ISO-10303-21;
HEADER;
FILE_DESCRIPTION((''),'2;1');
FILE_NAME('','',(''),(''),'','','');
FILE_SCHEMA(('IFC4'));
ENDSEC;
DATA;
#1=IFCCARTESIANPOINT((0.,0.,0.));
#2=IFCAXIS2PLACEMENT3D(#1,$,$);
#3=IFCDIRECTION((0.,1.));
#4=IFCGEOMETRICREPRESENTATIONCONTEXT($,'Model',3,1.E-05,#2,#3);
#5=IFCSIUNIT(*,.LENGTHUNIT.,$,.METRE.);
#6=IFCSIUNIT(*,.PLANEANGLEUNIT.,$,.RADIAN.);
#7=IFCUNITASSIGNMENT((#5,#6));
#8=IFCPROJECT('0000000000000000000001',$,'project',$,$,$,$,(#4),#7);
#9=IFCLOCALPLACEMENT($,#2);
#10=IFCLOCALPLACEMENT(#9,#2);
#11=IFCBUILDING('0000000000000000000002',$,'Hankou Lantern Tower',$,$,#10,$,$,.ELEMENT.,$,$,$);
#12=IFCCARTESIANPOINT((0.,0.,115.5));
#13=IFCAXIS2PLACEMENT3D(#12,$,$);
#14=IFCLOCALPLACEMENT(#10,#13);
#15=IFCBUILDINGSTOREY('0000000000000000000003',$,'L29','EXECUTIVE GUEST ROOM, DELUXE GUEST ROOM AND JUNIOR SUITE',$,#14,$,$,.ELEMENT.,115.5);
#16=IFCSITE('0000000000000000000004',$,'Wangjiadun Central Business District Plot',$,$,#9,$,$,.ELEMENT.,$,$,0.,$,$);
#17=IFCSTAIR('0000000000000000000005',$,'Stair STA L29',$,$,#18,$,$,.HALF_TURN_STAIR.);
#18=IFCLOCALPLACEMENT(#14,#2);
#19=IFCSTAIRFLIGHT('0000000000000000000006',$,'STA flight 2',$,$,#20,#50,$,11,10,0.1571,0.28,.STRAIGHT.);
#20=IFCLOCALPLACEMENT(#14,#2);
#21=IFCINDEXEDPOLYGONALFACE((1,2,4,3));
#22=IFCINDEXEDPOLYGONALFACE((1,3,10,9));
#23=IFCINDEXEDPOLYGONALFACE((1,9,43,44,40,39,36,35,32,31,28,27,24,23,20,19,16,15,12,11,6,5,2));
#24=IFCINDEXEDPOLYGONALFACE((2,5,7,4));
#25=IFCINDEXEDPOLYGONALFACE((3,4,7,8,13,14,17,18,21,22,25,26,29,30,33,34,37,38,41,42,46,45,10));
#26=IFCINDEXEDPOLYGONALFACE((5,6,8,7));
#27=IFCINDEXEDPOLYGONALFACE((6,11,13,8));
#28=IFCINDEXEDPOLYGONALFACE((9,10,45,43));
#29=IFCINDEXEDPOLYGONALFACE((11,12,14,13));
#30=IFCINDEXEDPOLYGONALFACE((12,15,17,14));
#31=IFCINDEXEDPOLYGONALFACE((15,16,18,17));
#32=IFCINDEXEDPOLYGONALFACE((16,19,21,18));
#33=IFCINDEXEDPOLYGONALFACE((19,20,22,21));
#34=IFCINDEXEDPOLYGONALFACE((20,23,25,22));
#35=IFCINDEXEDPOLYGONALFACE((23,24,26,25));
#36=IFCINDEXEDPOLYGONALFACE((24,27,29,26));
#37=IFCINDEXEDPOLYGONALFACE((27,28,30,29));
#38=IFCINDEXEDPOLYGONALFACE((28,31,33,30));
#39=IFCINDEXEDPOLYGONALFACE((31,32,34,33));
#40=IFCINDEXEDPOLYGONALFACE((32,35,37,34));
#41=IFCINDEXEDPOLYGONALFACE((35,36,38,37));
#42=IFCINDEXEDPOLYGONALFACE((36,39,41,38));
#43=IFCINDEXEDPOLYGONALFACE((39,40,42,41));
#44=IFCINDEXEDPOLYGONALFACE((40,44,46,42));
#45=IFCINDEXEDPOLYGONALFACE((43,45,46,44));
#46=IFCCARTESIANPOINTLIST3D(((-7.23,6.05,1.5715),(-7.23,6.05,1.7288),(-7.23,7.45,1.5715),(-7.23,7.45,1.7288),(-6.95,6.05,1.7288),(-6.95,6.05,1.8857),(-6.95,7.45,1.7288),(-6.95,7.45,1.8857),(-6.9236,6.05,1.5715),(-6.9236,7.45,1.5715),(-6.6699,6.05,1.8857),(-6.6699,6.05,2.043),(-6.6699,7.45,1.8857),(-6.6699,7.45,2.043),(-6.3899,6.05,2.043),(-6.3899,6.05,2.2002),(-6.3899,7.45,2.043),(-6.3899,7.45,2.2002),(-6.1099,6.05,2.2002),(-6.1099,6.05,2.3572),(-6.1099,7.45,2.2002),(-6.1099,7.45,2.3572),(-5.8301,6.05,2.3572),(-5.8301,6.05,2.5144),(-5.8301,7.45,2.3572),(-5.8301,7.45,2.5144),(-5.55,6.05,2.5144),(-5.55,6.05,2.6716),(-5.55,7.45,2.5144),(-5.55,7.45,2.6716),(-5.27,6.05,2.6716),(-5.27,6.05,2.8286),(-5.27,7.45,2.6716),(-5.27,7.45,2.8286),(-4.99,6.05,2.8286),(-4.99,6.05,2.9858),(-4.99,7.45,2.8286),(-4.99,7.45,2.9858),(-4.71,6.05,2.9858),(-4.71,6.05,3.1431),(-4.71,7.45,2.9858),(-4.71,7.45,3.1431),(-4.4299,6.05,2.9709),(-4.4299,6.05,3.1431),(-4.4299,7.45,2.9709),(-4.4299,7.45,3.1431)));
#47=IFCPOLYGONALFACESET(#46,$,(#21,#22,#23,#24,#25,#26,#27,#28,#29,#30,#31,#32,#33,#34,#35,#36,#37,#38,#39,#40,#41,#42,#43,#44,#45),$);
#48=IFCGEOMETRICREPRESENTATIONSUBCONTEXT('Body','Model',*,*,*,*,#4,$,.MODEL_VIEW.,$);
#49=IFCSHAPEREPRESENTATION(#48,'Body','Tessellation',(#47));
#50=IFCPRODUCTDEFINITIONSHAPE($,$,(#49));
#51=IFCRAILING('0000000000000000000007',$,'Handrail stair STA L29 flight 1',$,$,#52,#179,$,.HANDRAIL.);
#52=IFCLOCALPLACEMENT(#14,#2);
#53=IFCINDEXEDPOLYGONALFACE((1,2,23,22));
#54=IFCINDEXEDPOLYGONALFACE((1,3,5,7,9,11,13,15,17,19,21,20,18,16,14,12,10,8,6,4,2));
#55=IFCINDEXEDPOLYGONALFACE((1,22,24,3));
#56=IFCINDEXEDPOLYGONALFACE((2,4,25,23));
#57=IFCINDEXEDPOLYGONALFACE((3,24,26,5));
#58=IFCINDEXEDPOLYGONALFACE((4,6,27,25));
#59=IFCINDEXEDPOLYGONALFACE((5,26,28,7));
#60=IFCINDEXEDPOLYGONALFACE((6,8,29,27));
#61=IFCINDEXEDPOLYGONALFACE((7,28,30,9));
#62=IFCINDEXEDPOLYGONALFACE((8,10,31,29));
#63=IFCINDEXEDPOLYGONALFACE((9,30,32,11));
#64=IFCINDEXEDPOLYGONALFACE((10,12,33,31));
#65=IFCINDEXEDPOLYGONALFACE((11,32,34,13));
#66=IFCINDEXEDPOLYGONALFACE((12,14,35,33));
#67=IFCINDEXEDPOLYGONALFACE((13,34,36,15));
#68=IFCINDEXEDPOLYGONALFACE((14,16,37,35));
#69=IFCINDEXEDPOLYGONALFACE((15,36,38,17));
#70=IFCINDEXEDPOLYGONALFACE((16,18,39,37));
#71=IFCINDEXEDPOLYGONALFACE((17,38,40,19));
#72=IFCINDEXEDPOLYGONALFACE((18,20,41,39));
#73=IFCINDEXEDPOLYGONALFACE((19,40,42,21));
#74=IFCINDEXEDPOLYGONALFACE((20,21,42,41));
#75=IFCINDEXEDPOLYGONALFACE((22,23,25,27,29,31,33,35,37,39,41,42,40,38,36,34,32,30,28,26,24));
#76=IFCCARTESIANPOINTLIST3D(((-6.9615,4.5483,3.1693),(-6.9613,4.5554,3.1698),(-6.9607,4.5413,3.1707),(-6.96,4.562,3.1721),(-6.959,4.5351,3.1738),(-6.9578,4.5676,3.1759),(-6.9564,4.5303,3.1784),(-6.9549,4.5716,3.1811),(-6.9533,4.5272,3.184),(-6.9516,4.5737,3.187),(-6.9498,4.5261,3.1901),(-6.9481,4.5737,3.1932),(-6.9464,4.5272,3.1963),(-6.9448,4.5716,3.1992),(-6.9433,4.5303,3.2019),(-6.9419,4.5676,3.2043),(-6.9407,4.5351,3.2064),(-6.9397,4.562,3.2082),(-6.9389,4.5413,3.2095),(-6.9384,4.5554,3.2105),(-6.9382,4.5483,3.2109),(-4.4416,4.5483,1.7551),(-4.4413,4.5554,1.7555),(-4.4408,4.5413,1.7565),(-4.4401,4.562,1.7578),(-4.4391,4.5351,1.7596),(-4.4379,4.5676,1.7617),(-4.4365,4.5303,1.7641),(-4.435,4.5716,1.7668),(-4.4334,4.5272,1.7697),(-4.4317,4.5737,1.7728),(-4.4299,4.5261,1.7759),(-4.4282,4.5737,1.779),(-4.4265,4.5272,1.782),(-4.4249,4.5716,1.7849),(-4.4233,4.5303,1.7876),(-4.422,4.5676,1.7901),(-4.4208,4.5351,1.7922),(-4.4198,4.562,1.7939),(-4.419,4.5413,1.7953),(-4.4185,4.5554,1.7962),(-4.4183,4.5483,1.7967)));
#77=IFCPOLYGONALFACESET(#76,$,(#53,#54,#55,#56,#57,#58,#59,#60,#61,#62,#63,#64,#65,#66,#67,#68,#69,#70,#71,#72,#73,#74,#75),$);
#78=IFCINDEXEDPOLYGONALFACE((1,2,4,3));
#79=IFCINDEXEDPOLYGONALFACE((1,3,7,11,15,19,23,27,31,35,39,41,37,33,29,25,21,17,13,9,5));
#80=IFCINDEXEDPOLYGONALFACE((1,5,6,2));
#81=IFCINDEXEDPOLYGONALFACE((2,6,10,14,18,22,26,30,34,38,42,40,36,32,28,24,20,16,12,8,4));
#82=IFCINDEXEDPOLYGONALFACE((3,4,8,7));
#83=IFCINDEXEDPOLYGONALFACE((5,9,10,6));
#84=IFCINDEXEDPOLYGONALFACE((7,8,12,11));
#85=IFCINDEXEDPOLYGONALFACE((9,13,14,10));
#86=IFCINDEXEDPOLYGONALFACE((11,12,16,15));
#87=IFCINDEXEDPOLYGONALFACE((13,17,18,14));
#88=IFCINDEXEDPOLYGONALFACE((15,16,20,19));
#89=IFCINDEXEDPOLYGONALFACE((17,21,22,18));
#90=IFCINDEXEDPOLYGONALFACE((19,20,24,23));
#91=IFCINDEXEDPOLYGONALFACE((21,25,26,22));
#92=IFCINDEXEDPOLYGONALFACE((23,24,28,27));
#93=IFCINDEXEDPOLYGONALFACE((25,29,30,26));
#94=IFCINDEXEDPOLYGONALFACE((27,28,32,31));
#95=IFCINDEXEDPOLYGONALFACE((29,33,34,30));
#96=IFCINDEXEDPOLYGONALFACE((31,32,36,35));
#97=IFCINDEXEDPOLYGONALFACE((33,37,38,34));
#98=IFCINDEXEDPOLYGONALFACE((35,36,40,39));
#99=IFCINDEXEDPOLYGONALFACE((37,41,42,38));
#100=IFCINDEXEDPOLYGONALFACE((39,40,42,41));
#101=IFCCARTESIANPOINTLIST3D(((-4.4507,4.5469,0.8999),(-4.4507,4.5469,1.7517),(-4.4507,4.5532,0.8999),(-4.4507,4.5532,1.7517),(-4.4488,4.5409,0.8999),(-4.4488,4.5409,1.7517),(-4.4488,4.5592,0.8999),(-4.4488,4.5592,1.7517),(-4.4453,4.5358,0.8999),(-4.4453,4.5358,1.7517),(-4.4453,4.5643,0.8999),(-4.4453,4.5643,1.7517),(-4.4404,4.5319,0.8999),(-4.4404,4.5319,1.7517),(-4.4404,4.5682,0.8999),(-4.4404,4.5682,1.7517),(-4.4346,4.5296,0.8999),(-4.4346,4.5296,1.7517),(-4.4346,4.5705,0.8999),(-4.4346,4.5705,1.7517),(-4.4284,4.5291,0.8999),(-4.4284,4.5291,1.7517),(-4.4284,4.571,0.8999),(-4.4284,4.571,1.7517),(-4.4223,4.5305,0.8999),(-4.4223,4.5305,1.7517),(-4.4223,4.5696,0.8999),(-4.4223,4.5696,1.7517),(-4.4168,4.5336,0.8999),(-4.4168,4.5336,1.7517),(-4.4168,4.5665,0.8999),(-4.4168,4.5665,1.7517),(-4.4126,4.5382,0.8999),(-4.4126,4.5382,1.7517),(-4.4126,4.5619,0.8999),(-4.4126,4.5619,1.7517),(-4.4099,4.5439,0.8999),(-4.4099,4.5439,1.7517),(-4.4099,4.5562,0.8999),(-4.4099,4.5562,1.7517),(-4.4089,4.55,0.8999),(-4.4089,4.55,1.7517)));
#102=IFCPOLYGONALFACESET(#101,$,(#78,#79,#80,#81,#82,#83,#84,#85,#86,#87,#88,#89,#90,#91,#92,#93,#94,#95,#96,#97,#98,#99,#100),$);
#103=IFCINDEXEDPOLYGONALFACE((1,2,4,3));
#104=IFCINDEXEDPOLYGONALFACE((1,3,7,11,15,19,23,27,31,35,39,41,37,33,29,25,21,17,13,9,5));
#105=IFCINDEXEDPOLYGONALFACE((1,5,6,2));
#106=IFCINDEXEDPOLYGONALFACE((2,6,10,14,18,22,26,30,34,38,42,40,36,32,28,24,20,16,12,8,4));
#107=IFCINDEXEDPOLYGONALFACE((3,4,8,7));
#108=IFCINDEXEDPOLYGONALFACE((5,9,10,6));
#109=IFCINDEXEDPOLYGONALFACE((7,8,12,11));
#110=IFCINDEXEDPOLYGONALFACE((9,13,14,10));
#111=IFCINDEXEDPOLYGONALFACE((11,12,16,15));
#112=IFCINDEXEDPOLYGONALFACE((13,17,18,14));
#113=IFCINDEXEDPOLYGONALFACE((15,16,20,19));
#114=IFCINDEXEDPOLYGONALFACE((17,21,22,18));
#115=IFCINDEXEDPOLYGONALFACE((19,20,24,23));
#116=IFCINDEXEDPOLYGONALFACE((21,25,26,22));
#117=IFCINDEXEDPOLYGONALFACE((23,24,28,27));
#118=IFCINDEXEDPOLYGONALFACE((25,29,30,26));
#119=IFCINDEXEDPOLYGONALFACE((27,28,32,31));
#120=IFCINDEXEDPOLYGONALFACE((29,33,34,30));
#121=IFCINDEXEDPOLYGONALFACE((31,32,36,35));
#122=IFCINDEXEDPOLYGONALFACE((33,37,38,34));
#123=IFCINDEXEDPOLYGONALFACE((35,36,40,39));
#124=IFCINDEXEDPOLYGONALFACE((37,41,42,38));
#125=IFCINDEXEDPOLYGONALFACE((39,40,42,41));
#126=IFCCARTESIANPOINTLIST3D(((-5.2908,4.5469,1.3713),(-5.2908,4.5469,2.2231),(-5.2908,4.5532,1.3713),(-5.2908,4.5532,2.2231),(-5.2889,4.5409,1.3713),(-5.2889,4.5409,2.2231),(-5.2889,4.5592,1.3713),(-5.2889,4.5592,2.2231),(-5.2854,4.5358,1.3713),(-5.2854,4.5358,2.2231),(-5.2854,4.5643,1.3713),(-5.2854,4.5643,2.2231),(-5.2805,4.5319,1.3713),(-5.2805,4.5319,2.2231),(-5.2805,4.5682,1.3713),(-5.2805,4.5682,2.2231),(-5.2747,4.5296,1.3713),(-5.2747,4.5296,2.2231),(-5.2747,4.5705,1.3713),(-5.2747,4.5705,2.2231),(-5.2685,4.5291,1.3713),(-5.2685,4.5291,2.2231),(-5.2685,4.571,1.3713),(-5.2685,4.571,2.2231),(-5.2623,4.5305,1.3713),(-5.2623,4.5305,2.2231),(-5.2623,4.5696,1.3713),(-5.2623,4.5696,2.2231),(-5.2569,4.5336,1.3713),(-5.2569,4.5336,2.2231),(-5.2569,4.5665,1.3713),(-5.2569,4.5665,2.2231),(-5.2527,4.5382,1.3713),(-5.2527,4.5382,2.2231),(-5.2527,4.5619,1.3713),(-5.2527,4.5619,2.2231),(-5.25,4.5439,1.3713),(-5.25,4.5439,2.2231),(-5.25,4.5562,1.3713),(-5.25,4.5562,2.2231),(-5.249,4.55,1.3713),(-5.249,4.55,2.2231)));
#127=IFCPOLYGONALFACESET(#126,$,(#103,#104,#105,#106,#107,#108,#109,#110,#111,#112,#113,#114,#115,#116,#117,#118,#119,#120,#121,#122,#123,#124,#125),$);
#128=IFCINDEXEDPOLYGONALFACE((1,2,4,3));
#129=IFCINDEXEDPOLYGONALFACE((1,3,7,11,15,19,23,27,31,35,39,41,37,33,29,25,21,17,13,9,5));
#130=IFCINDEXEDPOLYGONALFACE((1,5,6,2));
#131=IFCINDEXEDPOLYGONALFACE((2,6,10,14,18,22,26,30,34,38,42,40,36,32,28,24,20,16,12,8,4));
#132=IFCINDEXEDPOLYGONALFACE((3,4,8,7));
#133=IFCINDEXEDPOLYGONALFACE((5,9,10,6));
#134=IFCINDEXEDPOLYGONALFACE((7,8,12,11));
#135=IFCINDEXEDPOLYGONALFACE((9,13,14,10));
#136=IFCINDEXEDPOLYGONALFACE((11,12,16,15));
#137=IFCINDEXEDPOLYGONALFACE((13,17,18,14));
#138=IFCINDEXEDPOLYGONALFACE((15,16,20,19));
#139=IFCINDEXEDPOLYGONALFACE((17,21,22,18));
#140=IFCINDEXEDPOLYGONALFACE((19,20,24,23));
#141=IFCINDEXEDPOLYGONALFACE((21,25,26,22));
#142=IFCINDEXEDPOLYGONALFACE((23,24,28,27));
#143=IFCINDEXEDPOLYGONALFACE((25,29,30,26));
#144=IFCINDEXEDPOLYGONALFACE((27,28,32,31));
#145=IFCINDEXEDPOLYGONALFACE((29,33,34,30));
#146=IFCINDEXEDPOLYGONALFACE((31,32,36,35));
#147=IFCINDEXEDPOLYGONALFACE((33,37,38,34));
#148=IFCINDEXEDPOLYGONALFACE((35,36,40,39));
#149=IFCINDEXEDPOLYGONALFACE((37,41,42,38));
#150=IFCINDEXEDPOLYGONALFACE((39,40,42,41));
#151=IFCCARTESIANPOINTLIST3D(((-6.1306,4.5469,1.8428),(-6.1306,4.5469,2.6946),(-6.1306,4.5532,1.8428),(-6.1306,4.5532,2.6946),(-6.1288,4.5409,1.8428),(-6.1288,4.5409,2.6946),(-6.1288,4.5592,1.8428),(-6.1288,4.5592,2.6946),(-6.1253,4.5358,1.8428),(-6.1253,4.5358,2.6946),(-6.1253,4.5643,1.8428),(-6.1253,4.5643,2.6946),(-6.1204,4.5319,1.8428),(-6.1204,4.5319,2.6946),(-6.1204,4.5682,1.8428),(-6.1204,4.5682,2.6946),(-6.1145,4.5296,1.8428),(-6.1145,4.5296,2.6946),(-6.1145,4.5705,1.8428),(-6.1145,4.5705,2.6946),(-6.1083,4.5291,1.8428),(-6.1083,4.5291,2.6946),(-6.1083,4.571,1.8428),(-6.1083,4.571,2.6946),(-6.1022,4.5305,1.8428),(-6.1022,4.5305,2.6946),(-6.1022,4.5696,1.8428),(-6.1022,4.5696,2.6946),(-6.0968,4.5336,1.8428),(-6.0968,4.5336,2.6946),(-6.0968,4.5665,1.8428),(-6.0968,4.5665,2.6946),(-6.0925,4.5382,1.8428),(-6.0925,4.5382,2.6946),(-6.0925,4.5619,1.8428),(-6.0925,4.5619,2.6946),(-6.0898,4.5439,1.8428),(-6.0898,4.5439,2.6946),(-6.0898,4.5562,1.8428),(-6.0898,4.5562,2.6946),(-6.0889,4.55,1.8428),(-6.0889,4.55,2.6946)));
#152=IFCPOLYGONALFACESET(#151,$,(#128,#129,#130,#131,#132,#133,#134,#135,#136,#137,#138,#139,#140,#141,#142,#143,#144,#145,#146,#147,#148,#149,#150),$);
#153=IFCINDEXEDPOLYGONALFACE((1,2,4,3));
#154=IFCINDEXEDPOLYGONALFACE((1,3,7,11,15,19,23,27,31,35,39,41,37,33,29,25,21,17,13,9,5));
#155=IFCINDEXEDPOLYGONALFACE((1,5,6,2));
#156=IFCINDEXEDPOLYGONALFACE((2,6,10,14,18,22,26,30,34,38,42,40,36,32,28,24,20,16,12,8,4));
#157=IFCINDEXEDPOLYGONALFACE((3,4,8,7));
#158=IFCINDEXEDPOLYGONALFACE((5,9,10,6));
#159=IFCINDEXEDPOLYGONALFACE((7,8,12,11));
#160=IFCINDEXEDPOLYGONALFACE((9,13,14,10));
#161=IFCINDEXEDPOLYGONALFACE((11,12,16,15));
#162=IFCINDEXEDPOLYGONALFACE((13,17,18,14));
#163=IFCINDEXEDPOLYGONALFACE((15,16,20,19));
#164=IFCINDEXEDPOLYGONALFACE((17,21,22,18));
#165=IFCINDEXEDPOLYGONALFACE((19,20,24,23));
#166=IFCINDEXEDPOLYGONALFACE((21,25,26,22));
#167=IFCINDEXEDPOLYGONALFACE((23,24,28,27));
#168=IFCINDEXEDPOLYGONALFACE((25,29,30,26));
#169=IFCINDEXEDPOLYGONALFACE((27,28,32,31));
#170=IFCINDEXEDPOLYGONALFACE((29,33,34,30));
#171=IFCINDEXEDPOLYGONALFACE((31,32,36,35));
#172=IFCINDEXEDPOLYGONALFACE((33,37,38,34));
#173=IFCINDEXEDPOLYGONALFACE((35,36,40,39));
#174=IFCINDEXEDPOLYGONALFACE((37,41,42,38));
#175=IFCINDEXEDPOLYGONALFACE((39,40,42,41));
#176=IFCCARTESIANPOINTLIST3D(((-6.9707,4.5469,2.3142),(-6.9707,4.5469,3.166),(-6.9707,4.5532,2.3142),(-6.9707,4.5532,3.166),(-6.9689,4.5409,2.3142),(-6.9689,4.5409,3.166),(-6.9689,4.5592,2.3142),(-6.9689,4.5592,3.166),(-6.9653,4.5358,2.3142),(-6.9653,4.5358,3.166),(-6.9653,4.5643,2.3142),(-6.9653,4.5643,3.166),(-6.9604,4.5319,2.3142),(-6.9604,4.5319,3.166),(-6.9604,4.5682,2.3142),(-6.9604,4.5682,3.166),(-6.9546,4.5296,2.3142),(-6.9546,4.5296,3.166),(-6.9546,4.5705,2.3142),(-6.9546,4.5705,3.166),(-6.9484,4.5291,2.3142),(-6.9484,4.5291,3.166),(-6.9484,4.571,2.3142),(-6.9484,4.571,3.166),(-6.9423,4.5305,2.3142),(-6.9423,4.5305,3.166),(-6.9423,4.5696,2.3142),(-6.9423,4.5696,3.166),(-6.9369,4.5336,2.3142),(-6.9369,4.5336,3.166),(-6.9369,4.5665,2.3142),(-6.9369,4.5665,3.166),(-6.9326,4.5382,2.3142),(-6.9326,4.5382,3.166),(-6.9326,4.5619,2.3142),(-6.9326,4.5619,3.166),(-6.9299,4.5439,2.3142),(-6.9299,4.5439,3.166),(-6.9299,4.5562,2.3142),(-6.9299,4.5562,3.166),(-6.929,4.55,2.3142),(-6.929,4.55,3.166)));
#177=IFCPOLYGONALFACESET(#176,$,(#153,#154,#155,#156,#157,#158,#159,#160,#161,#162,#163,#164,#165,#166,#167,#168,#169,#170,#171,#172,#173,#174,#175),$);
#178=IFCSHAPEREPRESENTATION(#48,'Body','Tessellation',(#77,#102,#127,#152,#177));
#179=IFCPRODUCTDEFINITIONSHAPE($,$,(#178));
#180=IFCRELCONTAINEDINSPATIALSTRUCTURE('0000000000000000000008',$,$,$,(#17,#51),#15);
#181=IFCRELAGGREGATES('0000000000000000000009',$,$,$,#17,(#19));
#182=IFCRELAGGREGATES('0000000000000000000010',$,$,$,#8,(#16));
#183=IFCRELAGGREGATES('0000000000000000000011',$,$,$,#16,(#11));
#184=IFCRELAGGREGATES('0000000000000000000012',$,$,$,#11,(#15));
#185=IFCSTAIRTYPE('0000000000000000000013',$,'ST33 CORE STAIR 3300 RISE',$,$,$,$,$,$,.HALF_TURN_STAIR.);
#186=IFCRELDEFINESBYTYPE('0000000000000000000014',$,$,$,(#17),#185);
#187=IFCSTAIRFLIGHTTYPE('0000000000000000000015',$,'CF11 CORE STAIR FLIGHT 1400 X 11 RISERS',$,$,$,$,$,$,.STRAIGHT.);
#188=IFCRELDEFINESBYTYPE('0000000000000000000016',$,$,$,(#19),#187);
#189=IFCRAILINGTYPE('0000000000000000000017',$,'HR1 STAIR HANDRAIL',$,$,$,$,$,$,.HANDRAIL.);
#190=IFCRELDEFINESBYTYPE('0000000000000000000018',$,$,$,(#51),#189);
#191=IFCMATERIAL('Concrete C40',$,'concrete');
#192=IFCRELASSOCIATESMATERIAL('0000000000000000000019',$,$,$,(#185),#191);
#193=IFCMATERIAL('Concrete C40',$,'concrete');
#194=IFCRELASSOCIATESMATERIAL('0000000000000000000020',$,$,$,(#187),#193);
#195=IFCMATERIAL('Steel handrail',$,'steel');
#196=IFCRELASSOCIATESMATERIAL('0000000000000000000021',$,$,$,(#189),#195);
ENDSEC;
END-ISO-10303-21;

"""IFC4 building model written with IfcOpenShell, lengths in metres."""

from ifc_helpers import new_model, si_unit, direction, frame, origin, origin_2d, place, context, subcontext, project, spatial, polyline, circle, outline, extrude, material, type_object, element, aggregate, save


model = new_model("IFC4")

# Units and contexts
model_context = context("Model", 3, precision=1e-05, world=origin(), true_north=direction((0.0, 1.0)))
body_context = subcontext(model_context, "Body", "Model", "MODEL_VIEW")
ifc_project = project(units=[si_unit("LENGTHUNIT", "METRE"), si_unit("PLANEANGLEUNIT", "RADIAN")], contexts=[model_context])

# Site, building, storey
site_placement = place(None, origin())
site = spatial("IfcSite", under=ifc_project, at=site_placement, Name="Wangjiadun Central Business District Plot", CompositionType="ELEMENT", RefElevation=0.0)
building_placement = place(site_placement, origin())
building = spatial("IfcBuilding", under=site, at=building_placement, Name="Hankou Lantern Tower", CompositionType="ELEMENT")
storey_placement = place(building_placement, frame((0.0, 0.0, 115.5)))
storey = spatial("IfcBuildingStorey", under=building, at=storey_placement, Name="L29", Description="EXECUTIVE GUEST ROOM, DELUXE GUEST ROOM AND JUNIOR SUITE", CompositionType="ELEMENT", Elevation=115.5)

# Stair, stair flight
ifc_material_1 = material(Name="Concrete C40", Category="concrete")
stair_type = type_object("IfcStairType", Name="ST33 CORE STAIR 3300 RISE", PredefinedType="HALF_TURN_STAIR", material=ifc_material_1)
stair_placement = place(storey_placement, origin())
stair = element("IfcStair", 1, at=stair_placement, inside=storey, type_object=stair_type, Name="Stair STA L29", PredefinedType="HALF_TURN_STAIR")
ifc_material_2 = material(Name="Concrete C40", Category="concrete")
stair_flight_type_1 = type_object("IfcStairFlightType", Name="CF11 CORE STAIR FLIGHT 1400 X 11 RISERS", PredefinedType="STRAIGHT", material=ifc_material_2)
stair_flight_1_placement = place(storey_placement, frame((-7.23, 6.75, 1.5715), z_axis=(0.0, 0.0, 1.0), x_axis=(1.0, 0.0, 0.0)))
stair_flight_1 = element("IfcStairFlight", 2, at=stair_flight_1_placement, type_object=stair_flight_type_1, Name="STA flight 2", NumberOfRisers=11, NumberOfTreads=10, PredefinedType="STRAIGHT", RiserHeight=0.1571, TreadLength=0.28, context=body_context, shape_type="SweptSolid", body=[
    extrude(outline(polyline([(0.0, 0.0), (0.0, 0.1572), (0.28, 0.1572), (0.28, 0.3142), (0.5601, 0.3142), (0.5601, 0.4714), (0.8401, 0.4714), (0.8401, 0.6287), (1.1201, 0.6287), (1.1201, 0.7856), (1.3999, 0.7856), (1.3999, 0.9429), (1.6799, 0.9429), (1.6799, 1.1001), (1.96, 1.1001), (1.96, 1.2571), (2.24, 1.2571), (2.24, 1.4143), (2.52, 1.4143), (2.52, 1.5715), (2.8, 1.5715), (2.8, 1.7285), (2.8, 1.3994), (0.3064, 0.0), (0.0, 0.0)])), frame((0.0, 0.7, 0.0), z_axis=(0.0, -1.0, 0.0), x_axis=(1.0, 0.0, 0.0)), (0.0, 0.0, 1.0), 1.3999),
])
aggregate(stair, [stair_flight_1])

# Railing
ifc_material_3 = material(Name="Steel handrail", Category="steel")
railing_type = type_object("IfcRailingType", Name="HR1 STAIR HANDRAIL", PredefinedType="HANDRAIL", material=ifc_material_3)
railing_1_placement = place(storey_placement, frame((-4.4299, 4.55, 0.8999)))
element("IfcRailing", 3, at=railing_1_placement, inside=storey, type_object=railing_type, Name="Handrail stair STA L29 flight 1", PredefinedType="HANDRAIL", context=body_context, shape_type="SweptSolid", body=[
    extrude(circle(Radius=0.0239, at=origin_2d()), frame((0.0, 0.0, 0.876), z_axis=(-0.872049, 0.0, 0.489419), x_axis=(0.0, -1.0, 0.0)), (0.0, 0.0, 1.0), 2.8896),
    extrude(circle(Radius=0.021, at=origin_2d()), origin(), (0.0, 0.0, 1.0), 0.8518),
    extrude(circle(Radius=0.021, at=origin_2d()), frame((-0.8401, 0.0, 0.4714)), (0.0, 0.0, 1.0), 0.8518),
    extrude(circle(Radius=0.021, at=origin_2d()), frame((-1.6799, 0.0, 0.9429)), (0.0, 0.0, 1.0), 0.8518),
    extrude(circle(Radius=0.021, at=origin_2d()), frame((-2.52, 0.0, 1.4143)), (0.0, 0.0, 1.0), 0.8518),
])

save(model, "model.ifc")
